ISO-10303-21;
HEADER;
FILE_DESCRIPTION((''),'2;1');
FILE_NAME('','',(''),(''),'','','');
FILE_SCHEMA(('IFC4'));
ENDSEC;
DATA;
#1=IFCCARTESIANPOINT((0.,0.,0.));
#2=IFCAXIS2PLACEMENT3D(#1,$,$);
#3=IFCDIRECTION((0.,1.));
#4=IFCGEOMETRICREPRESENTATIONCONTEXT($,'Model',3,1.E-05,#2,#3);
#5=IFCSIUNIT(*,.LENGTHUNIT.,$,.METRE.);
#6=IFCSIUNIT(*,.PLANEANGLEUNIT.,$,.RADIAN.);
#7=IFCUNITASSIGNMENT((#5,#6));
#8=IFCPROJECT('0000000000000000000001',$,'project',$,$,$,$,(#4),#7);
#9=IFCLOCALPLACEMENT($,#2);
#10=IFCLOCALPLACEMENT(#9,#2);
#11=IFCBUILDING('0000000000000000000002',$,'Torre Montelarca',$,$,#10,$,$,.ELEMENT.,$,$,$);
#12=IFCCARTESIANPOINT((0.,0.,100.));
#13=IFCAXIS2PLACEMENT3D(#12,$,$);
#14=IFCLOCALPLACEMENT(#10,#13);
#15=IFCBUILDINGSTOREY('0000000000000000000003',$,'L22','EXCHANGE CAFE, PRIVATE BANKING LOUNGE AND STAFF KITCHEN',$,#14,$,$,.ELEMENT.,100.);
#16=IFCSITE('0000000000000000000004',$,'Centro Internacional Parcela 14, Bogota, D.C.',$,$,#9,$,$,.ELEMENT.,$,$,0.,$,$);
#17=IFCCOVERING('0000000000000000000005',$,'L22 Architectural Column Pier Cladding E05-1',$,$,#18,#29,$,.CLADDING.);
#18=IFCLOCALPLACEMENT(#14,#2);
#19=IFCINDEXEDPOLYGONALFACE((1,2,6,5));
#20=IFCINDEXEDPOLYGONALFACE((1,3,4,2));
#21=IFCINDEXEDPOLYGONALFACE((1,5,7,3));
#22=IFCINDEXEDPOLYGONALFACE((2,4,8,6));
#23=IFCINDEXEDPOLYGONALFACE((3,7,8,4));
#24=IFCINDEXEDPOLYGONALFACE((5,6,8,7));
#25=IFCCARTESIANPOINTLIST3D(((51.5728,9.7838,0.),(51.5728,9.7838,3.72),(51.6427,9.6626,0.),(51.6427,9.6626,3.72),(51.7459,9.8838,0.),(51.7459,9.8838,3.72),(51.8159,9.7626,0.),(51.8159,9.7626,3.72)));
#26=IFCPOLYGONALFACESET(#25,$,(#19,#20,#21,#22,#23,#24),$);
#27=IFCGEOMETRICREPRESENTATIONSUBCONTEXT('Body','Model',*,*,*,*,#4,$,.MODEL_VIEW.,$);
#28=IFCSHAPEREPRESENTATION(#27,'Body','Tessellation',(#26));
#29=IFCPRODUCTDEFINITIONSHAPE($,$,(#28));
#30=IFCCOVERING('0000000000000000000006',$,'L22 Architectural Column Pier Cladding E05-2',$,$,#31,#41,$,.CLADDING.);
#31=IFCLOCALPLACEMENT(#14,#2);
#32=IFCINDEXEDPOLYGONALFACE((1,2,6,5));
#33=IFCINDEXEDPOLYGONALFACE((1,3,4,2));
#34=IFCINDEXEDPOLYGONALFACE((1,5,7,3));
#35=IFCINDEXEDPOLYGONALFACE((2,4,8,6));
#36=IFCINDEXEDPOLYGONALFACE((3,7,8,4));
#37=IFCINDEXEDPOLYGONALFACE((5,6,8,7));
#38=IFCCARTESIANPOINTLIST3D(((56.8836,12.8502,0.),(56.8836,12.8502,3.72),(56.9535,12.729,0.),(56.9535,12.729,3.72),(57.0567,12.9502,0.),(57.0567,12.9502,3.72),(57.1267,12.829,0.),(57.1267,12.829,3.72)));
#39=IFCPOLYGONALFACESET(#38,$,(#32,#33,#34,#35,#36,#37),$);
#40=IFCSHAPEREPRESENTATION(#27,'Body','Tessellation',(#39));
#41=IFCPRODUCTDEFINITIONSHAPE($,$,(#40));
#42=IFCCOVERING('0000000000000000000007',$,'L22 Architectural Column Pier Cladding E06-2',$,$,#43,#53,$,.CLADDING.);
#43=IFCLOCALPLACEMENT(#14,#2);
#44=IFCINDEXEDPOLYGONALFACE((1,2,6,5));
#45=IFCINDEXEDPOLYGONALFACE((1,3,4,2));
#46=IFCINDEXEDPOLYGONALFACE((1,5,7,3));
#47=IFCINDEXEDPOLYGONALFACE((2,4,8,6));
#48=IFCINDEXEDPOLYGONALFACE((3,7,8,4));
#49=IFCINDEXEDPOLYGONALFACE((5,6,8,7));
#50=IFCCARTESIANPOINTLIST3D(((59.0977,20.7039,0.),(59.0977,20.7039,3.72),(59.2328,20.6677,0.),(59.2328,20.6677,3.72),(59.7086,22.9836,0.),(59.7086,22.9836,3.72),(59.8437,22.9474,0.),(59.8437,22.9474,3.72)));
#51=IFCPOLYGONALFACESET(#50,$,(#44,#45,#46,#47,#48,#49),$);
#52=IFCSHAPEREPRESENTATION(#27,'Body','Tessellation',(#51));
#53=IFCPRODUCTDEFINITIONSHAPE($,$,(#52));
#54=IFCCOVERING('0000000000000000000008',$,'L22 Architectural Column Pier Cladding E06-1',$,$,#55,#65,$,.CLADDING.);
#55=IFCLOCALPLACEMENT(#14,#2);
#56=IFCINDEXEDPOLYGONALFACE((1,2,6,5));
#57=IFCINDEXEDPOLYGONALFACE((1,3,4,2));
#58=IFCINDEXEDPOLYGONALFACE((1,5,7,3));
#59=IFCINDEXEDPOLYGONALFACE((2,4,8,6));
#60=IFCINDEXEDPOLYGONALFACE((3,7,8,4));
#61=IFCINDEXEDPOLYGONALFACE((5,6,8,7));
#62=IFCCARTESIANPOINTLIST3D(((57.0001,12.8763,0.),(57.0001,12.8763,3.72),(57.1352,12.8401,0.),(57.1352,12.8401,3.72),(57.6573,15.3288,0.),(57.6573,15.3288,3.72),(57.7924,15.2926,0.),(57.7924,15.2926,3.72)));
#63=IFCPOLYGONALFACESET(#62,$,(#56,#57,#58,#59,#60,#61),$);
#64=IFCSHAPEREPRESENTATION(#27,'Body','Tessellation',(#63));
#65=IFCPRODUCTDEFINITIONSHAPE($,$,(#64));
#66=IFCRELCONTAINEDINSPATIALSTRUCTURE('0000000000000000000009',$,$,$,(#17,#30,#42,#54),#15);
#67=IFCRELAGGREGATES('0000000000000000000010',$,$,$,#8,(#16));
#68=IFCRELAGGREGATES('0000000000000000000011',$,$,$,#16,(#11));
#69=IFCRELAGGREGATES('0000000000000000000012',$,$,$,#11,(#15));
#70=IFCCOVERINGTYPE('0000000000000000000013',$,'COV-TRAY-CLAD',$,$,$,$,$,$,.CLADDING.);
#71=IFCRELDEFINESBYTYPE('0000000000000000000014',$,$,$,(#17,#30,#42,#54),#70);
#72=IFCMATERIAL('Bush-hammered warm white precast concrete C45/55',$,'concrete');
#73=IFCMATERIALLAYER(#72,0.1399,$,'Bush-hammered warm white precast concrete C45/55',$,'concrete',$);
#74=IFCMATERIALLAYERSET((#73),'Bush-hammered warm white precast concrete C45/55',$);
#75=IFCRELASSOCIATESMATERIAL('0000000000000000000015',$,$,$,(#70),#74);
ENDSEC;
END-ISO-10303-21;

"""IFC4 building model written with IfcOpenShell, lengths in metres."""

from ifc_helpers import new_model, si_unit, direction, frame, origin, origin_2d, place, context, subcontext, project, spatial, rectangle, extrude, source, transform, mapped, material, layer, layer_set, type_object, element, save


model = new_model("IFC4")

# Units and contexts
model_context = context("Model", 3, precision=1e-05, world=origin(), true_north=direction((0.0, 1.0)))
body_context = subcontext(model_context, "Body", "Model", "MODEL_VIEW")
ifc_project = project(units=[si_unit("LENGTHUNIT", "METRE"), si_unit("PLANEANGLEUNIT", "RADIAN")], contexts=[model_context])

# Site, building, storey
site_placement = place(None, origin())
site = spatial("IfcSite", under=ifc_project, at=site_placement, Name="Centro Internacional Parcela 14, Bogota, D.C.", CompositionType="ELEMENT", RefElevation=0.0)
building_placement = place(site_placement, origin())
building = spatial("IfcBuilding", under=site, at=building_placement, Name="Torre Montelarca", CompositionType="ELEMENT")
storey_placement = place(building_placement, frame((0.0, 0.0, 100.0)))
storey = spatial("IfcBuildingStorey", under=building, at=storey_placement, Name="L22", Description="EXCHANGE CAFE, PRIVATE BANKING LOUNGE AND STAFF KITCHEN", CompositionType="ELEMENT", Elevation=100.0)

# Coverings
ifc_material_1 = material(Name="Bush-hammered warm white precast concrete C45/55", Category="concrete")
ifc_layer_1 = layer(ifc_material_1, 0.1399, Name="Bush-hammered warm white precast concrete C45/55", Category="concrete")
ifc_layer_set_1 = layer_set([ifc_layer_1], Name="Bush-hammered warm white precast concrete C45/55")
covering_type = type_object("IfcCoveringType", Name="COV-TRAY-CLAD", PredefinedType="CLADDING", material=ifc_layer_set_1)
shared_shape_1 = source(origin(), body_context, "Body", "SweptSolid", [
    extrude(rectangle(XDim=0.2, YDim=0.1399, at=origin_2d()), origin(), (0.0, 0.0, 1.0), 3.72),
])
for number, where, z_axis, x_axis, name in (
    (1, (51.6943, 9.7732, 0.0), (0.0, 0.0, 1.0), (0.866025, 0.500002, 0.0), "L22 Architectural Column Pier Cladding E05-1"),
    (2, (57.0051, 12.8396, 0.0), (0.0, 0.0, 1.0), (0.866025, 0.500002, 0.0), "L22 Architectural Column Pier Cladding E05-2"),
):
    element("IfcCovering", number, at=place(storey_placement, frame(where, z_axis=z_axis, x_axis=x_axis)), inside=storey, type_object=covering_type, Name=name, PredefinedType="CLADDING", context=body_context, shape_type="MappedRepresentation", body=[
        mapped(shared_shape_1, transform((0.0, 0.0, 0.0), scale=1.0)),
    ])
shared_shape_2 = source(origin(), body_context, "Body", "SweptSolid", [
    extrude(rectangle(XDim=2.3601, YDim=0.1399, at=origin_2d()), origin(), (0.0, 0.0, 1.0), 3.72),
])
covering_1_placement = place(storey_placement, frame((59.4707, 21.8257, 0.0), z_axis=(0.0, 0.0, 1.0), x_axis=(0.258819, 0.965926, 0.0)))
element("IfcCovering", 3, at=covering_1_placement, inside=storey, type_object=covering_type, Name="L22 Architectural Column Pier Cladding E06-2", PredefinedType="CLADDING", context=body_context, shape_type="MappedRepresentation", body=[
    mapped(shared_shape_2, transform((0.0, 0.0, 0.0), scale=1.0)),
])
shared_shape_3 = source(origin(), body_context, "Body", "SweptSolid", [
    extrude(rectangle(XDim=2.5391, YDim=0.1399, at=origin_2d()), origin(), (0.0, 0.0, 1.0), 3.72),
])
covering_2_placement = place(storey_placement, frame((57.3962, 14.0845, 0.0), z_axis=(0.0, 0.0, 1.0), x_axis=(0.258819, 0.965926, 0.0)))
element("IfcCovering", 4, at=covering_2_placement, inside=storey, type_object=covering_type, Name="L22 Architectural Column Pier Cladding E06-1", PredefinedType="CLADDING", context=body_context, shape_type="MappedRepresentation", body=[
    mapped(shared_shape_3, transform((0.0, 0.0, 0.0), scale=1.0)),
])

save(model, "model.ifc")
